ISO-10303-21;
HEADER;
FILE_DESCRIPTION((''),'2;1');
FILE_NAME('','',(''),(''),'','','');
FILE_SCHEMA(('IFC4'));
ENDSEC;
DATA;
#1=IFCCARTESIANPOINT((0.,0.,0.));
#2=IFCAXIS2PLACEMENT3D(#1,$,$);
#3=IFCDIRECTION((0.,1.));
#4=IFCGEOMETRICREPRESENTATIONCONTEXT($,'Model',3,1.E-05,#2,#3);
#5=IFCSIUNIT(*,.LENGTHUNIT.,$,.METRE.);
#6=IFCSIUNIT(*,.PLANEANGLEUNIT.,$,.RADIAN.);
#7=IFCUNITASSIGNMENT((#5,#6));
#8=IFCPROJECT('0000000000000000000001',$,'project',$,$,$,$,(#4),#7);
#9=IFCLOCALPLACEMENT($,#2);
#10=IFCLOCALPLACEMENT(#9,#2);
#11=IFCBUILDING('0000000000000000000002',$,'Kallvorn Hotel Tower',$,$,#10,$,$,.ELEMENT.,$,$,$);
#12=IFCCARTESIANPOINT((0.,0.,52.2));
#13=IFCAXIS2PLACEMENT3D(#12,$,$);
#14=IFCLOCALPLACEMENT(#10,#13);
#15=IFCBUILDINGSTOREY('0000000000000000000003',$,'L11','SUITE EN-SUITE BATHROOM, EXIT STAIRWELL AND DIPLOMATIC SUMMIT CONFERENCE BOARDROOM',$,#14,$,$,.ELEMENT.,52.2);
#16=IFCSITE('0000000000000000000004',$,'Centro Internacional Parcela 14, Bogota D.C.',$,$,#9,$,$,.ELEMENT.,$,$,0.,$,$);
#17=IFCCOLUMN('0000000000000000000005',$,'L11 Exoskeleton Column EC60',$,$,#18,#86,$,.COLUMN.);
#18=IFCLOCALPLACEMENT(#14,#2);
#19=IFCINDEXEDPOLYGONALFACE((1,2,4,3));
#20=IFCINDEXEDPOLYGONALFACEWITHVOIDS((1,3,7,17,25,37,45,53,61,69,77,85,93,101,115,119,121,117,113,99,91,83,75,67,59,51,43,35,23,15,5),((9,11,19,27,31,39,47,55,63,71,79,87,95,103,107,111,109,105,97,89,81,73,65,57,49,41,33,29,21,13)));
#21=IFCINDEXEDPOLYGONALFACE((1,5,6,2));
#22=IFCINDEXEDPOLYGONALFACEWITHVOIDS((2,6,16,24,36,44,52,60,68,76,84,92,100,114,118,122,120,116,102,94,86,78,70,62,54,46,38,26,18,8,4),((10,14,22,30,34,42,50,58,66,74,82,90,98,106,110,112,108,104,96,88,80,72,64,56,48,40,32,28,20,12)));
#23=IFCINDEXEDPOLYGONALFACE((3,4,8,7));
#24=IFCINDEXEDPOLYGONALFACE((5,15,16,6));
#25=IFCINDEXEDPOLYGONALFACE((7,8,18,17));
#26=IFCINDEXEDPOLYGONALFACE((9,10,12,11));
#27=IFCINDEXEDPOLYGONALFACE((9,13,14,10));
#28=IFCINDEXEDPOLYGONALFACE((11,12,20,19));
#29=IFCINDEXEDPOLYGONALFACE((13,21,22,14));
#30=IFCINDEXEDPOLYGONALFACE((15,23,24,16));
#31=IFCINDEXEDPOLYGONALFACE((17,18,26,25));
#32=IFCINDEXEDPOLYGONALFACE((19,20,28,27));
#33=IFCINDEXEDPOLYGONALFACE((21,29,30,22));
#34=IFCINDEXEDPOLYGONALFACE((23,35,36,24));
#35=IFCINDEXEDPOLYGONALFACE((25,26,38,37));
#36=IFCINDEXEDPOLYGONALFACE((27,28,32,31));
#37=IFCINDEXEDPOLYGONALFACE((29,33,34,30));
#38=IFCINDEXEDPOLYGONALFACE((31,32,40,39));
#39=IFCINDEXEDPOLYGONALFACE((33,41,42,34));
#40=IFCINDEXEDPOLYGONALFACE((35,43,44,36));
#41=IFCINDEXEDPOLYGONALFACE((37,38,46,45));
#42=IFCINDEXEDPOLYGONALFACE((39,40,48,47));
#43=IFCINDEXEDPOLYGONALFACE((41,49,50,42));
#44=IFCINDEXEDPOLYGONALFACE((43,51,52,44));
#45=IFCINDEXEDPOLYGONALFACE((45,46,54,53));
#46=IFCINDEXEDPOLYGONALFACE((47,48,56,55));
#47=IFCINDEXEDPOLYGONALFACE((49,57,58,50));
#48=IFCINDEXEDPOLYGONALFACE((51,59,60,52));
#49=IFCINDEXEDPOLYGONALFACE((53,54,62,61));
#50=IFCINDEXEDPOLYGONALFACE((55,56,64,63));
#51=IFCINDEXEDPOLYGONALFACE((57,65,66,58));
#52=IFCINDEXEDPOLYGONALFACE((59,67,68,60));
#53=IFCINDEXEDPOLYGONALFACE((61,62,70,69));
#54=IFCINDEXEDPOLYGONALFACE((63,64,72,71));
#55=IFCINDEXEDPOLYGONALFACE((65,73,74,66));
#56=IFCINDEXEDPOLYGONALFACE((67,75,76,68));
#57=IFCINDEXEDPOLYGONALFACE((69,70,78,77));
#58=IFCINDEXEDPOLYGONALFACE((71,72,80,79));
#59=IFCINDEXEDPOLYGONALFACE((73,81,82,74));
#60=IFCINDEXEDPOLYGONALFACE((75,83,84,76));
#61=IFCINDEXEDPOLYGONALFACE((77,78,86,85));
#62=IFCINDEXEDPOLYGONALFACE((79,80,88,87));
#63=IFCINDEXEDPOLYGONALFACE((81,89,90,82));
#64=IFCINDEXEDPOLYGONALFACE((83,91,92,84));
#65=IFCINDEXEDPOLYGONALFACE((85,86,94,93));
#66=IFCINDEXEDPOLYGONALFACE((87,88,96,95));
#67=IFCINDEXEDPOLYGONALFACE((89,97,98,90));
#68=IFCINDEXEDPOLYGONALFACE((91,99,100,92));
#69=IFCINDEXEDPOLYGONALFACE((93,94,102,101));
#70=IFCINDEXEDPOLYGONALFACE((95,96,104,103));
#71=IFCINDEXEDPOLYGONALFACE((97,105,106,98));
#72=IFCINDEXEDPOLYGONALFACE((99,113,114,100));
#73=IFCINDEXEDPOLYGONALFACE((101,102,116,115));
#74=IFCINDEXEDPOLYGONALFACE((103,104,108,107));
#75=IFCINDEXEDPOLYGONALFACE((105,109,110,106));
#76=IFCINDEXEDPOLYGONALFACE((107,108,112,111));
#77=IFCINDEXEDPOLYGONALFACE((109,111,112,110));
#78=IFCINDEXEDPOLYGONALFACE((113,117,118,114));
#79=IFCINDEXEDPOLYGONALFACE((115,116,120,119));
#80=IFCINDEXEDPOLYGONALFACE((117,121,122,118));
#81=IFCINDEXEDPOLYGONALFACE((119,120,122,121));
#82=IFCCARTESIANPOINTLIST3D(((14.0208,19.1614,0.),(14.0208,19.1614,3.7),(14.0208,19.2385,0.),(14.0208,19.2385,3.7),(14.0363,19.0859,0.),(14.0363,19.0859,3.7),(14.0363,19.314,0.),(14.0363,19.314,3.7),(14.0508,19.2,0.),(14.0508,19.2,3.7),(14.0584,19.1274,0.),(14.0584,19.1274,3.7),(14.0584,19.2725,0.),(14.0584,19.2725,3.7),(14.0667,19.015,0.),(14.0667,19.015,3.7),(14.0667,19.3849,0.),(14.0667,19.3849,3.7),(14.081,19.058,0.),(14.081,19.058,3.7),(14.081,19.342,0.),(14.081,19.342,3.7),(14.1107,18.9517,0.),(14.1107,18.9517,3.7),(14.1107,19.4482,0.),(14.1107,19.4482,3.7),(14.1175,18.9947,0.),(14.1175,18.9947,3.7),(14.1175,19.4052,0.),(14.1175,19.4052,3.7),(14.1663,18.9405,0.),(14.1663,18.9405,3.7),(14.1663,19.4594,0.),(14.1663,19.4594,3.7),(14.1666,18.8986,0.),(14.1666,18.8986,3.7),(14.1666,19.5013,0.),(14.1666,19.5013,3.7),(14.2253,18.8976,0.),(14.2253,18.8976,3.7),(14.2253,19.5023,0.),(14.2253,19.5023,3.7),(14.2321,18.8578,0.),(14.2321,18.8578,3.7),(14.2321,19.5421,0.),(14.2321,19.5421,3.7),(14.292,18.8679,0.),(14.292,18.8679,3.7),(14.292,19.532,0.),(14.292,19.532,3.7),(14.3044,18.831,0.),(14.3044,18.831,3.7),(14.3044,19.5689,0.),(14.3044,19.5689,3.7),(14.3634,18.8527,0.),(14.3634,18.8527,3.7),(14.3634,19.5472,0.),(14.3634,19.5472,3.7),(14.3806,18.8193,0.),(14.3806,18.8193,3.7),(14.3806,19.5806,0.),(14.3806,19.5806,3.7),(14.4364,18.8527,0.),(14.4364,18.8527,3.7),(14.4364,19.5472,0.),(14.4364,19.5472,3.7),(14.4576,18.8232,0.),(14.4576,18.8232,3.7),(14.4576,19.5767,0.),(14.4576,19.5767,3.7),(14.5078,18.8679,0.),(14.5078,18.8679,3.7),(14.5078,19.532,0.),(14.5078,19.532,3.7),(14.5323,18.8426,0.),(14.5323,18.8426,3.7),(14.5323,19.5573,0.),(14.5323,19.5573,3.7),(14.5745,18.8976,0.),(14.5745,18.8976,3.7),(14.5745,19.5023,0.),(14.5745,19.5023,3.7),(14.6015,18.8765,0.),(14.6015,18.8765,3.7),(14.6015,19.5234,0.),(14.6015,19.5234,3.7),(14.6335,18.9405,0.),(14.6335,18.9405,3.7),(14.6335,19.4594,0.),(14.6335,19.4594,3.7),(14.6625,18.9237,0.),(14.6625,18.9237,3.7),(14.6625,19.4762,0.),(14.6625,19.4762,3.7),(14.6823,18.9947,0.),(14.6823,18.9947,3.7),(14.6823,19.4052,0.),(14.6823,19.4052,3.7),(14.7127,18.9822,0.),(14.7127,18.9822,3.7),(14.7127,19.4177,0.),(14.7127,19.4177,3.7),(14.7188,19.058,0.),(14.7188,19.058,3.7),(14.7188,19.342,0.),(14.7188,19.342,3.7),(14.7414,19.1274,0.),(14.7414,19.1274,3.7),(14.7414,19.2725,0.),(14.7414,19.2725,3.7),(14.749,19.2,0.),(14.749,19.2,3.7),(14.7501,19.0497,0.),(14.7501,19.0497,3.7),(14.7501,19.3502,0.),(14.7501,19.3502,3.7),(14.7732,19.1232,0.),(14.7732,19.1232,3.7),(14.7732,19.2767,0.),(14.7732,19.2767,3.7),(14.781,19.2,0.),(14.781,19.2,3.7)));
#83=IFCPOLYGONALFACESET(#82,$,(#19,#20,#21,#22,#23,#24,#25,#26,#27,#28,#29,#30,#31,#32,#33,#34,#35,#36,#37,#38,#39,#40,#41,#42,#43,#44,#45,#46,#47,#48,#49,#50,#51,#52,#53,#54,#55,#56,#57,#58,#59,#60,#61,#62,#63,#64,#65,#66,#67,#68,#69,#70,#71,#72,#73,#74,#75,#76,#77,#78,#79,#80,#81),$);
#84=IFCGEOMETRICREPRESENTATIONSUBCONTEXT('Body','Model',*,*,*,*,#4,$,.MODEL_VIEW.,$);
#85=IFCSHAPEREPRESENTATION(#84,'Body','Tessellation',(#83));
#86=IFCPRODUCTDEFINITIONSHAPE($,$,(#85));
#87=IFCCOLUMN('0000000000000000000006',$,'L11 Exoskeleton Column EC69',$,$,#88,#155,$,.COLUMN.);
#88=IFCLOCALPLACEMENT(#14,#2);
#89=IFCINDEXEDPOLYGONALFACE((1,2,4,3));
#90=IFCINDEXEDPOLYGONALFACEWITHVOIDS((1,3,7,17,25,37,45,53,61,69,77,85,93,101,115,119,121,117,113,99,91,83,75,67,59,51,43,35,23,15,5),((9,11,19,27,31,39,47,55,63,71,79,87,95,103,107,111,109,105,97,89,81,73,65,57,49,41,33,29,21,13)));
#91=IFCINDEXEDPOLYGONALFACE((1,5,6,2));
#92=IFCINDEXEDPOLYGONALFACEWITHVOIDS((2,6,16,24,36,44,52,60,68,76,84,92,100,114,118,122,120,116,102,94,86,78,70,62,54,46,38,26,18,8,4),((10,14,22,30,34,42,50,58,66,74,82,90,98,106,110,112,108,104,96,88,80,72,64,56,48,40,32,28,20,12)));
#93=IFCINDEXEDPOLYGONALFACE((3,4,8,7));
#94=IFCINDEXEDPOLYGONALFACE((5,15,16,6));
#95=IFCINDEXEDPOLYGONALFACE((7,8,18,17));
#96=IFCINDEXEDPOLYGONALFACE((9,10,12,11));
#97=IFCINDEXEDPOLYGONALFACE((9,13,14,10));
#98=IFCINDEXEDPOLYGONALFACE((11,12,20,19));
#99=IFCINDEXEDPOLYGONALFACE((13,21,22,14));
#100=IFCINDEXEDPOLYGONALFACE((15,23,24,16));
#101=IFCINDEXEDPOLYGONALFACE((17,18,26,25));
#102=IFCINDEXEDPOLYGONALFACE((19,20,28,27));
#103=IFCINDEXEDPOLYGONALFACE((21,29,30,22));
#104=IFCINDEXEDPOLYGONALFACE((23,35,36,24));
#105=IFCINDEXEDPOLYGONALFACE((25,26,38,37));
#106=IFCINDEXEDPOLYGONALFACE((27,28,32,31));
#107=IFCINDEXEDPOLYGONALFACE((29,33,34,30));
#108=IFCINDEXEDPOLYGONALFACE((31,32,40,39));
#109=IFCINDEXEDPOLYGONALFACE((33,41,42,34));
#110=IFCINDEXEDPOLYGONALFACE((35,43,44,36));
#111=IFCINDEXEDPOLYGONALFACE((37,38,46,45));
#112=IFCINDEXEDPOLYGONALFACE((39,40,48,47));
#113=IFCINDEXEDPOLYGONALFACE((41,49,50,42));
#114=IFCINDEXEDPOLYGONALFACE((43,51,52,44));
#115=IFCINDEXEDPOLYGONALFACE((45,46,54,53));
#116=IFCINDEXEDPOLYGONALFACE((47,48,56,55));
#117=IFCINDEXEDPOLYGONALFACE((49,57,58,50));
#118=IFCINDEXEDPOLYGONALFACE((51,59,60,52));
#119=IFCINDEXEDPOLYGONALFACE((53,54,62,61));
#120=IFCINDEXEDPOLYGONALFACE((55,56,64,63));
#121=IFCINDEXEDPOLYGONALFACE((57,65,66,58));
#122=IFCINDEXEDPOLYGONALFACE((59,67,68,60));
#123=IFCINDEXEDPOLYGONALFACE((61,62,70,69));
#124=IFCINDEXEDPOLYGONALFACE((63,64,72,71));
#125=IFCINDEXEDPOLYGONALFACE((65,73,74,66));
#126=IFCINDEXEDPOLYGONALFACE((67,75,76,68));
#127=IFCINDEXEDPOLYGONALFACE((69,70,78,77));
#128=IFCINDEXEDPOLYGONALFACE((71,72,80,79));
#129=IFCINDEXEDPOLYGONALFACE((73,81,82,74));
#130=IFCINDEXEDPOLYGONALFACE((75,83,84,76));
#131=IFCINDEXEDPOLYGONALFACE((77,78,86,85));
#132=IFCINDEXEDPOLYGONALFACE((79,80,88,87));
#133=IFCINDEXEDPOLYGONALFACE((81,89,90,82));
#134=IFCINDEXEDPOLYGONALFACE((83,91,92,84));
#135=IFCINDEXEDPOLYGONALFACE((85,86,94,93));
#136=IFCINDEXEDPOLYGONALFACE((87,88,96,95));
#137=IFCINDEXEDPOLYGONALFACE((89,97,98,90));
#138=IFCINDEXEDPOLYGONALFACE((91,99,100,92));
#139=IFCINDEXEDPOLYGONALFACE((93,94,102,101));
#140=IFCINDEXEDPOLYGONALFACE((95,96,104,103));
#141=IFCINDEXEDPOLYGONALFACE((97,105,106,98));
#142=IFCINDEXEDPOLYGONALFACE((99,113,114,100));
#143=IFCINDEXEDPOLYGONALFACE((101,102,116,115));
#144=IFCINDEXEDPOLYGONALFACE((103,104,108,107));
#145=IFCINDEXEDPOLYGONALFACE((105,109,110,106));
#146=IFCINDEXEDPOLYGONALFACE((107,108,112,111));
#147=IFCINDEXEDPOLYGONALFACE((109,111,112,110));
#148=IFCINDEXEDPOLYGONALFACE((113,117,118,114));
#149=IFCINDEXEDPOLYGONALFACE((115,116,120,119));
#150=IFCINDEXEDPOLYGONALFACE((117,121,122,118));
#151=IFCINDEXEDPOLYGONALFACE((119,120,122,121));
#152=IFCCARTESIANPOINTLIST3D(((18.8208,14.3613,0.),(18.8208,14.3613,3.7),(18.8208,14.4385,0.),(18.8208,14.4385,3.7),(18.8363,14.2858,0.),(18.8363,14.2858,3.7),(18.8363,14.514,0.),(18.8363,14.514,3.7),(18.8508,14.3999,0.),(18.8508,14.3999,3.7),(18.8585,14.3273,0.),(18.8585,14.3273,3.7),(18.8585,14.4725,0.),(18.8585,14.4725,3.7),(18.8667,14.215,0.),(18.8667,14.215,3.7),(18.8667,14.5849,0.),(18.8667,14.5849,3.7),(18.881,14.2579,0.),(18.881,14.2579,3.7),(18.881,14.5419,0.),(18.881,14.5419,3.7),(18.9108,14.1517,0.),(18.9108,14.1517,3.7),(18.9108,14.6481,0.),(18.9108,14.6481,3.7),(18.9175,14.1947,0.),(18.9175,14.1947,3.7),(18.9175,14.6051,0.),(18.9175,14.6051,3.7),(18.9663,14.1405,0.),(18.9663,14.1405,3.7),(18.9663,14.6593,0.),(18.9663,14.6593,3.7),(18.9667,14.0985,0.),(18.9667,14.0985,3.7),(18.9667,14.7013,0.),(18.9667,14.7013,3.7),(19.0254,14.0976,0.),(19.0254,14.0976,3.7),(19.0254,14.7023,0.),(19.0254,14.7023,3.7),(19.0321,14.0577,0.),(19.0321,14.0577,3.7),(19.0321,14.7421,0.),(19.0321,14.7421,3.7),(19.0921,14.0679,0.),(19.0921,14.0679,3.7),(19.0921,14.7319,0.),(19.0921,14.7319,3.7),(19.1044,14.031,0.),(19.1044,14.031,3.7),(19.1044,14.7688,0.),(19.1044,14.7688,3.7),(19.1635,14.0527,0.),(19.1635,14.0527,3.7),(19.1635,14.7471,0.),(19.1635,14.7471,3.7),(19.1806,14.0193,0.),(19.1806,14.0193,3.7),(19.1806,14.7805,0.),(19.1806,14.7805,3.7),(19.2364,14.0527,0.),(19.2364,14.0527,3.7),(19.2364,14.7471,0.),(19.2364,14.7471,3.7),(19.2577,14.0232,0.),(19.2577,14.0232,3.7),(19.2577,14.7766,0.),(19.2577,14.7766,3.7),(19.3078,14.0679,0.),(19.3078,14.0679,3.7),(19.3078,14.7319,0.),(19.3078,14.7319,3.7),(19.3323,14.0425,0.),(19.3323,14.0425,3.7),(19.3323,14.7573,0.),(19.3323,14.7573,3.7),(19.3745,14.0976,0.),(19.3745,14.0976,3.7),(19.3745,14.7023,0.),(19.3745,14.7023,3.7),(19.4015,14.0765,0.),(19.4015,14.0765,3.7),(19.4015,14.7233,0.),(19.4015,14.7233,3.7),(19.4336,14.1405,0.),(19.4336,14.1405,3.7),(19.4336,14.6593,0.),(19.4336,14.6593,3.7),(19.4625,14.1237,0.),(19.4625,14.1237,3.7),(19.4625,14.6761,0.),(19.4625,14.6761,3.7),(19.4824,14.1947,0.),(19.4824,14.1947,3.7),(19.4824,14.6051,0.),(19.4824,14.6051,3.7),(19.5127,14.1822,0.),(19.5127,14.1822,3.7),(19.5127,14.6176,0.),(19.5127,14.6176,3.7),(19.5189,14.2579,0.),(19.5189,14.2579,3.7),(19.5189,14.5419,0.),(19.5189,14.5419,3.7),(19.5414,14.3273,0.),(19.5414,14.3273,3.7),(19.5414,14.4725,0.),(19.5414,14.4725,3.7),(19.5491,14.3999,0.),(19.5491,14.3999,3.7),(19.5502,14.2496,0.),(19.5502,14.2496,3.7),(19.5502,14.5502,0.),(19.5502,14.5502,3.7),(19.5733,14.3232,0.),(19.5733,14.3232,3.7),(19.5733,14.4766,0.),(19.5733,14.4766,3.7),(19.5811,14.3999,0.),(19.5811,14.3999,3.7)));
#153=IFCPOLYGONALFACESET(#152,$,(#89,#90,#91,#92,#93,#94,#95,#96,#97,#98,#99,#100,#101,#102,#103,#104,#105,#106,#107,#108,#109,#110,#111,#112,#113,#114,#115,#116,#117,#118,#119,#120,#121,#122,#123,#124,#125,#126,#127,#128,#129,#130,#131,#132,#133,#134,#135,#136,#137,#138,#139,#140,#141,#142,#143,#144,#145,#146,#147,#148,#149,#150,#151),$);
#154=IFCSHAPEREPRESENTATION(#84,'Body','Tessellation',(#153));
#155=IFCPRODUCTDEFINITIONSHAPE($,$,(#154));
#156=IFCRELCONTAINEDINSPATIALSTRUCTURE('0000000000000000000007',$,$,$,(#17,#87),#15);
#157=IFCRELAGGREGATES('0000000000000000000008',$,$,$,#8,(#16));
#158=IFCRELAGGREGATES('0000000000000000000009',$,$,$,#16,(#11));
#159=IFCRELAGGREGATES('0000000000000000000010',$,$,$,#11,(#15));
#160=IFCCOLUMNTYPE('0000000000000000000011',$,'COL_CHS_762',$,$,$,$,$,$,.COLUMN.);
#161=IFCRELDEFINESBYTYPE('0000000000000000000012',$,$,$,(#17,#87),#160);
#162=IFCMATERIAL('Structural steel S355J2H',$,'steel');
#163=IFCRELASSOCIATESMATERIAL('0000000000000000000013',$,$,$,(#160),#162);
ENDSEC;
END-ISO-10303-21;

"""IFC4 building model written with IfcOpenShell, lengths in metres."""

from ifc_helpers import new_model, si_unit, direction, frame, origin, origin_2d, place, context, subcontext, project, spatial, hollow_circle, extrude, material, material_profile, profile_set, type_object, element, save


model = new_model("IFC4")

# Units and contexts
model_context = context("Model", 3, precision=1e-05, world=origin(), true_north=direction((0.0, 1.0)))
body_context = subcontext(model_context, "Body", "Model", "MODEL_VIEW")
ifc_project = project(units=[si_unit("LENGTHUNIT", "METRE"), si_unit("PLANEANGLEUNIT", "RADIAN")], contexts=[model_context])

# Site, building, storey
site_placement = place(None, origin())
site = spatial("IfcSite", under=ifc_project, at=site_placement, Name="Centro Internacional Parcela 14, Bogota D.C.", CompositionType="ELEMENT", RefElevation=0.0)
building_placement = place(site_placement, origin())
building = spatial("IfcBuilding", under=site, at=building_placement, Name="Kallvorn Hotel Tower", CompositionType="ELEMENT")
storey_placement = place(building_placement, frame((0.0, 0.0, 52.2)))
storey = spatial("IfcBuildingStorey", under=building, at=storey_placement, Name="L11", Description="SUITE EN-SUITE BATHROOM, EXIT STAIRWELL AND DIPLOMATIC SUMMIT CONFERENCE BOARDROOM", CompositionType="ELEMENT", Elevation=52.2)

# Columns
ifc_material_1 = material(Name="Structural steel S355J2H", Category="steel")
ifc_material_profile_1 = material_profile(ifc_material_1, hollow_circle(Radius=0.3811, WallThickness=0.032, at=origin_2d()), Name="CHS 762x32")
ifc_profile_set_1 = profile_set([ifc_material_profile_1], Name="Structural steel S355J2H")
column_type_1 = type_object("IfcColumnType", Name="COL_CHS_762", PredefinedType="COLUMN", material=ifc_profile_set_1)
for number, where, z_axis, x_axis, name in (
    (1, (14.3999, 19.2, 0.0), (0.0, 0.0, 1.0), (1.0, 0.0, 0.0), "L11 Exoskeleton Column EC60"),
    (2, (19.2, 14.3999, 0.0), (0.0, 0.0, 1.0), (1.0, 0.0, 0.0), "L11 Exoskeleton Column EC69"),
):
    element("IfcColumn", number, at=place(storey_placement, frame(where, z_axis=z_axis, x_axis=x_axis)), inside=storey, type_object=column_type_1, Name=name, PredefinedType="COLUMN", context=body_context, shape_type="SweptSolid", body=[
        extrude(hollow_circle(Radius=0.3811, WallThickness=0.032, at=origin_2d()), origin(), (0.0, 0.0, 1.0), 3.7),
    ])

save(model, "model.ifc")
